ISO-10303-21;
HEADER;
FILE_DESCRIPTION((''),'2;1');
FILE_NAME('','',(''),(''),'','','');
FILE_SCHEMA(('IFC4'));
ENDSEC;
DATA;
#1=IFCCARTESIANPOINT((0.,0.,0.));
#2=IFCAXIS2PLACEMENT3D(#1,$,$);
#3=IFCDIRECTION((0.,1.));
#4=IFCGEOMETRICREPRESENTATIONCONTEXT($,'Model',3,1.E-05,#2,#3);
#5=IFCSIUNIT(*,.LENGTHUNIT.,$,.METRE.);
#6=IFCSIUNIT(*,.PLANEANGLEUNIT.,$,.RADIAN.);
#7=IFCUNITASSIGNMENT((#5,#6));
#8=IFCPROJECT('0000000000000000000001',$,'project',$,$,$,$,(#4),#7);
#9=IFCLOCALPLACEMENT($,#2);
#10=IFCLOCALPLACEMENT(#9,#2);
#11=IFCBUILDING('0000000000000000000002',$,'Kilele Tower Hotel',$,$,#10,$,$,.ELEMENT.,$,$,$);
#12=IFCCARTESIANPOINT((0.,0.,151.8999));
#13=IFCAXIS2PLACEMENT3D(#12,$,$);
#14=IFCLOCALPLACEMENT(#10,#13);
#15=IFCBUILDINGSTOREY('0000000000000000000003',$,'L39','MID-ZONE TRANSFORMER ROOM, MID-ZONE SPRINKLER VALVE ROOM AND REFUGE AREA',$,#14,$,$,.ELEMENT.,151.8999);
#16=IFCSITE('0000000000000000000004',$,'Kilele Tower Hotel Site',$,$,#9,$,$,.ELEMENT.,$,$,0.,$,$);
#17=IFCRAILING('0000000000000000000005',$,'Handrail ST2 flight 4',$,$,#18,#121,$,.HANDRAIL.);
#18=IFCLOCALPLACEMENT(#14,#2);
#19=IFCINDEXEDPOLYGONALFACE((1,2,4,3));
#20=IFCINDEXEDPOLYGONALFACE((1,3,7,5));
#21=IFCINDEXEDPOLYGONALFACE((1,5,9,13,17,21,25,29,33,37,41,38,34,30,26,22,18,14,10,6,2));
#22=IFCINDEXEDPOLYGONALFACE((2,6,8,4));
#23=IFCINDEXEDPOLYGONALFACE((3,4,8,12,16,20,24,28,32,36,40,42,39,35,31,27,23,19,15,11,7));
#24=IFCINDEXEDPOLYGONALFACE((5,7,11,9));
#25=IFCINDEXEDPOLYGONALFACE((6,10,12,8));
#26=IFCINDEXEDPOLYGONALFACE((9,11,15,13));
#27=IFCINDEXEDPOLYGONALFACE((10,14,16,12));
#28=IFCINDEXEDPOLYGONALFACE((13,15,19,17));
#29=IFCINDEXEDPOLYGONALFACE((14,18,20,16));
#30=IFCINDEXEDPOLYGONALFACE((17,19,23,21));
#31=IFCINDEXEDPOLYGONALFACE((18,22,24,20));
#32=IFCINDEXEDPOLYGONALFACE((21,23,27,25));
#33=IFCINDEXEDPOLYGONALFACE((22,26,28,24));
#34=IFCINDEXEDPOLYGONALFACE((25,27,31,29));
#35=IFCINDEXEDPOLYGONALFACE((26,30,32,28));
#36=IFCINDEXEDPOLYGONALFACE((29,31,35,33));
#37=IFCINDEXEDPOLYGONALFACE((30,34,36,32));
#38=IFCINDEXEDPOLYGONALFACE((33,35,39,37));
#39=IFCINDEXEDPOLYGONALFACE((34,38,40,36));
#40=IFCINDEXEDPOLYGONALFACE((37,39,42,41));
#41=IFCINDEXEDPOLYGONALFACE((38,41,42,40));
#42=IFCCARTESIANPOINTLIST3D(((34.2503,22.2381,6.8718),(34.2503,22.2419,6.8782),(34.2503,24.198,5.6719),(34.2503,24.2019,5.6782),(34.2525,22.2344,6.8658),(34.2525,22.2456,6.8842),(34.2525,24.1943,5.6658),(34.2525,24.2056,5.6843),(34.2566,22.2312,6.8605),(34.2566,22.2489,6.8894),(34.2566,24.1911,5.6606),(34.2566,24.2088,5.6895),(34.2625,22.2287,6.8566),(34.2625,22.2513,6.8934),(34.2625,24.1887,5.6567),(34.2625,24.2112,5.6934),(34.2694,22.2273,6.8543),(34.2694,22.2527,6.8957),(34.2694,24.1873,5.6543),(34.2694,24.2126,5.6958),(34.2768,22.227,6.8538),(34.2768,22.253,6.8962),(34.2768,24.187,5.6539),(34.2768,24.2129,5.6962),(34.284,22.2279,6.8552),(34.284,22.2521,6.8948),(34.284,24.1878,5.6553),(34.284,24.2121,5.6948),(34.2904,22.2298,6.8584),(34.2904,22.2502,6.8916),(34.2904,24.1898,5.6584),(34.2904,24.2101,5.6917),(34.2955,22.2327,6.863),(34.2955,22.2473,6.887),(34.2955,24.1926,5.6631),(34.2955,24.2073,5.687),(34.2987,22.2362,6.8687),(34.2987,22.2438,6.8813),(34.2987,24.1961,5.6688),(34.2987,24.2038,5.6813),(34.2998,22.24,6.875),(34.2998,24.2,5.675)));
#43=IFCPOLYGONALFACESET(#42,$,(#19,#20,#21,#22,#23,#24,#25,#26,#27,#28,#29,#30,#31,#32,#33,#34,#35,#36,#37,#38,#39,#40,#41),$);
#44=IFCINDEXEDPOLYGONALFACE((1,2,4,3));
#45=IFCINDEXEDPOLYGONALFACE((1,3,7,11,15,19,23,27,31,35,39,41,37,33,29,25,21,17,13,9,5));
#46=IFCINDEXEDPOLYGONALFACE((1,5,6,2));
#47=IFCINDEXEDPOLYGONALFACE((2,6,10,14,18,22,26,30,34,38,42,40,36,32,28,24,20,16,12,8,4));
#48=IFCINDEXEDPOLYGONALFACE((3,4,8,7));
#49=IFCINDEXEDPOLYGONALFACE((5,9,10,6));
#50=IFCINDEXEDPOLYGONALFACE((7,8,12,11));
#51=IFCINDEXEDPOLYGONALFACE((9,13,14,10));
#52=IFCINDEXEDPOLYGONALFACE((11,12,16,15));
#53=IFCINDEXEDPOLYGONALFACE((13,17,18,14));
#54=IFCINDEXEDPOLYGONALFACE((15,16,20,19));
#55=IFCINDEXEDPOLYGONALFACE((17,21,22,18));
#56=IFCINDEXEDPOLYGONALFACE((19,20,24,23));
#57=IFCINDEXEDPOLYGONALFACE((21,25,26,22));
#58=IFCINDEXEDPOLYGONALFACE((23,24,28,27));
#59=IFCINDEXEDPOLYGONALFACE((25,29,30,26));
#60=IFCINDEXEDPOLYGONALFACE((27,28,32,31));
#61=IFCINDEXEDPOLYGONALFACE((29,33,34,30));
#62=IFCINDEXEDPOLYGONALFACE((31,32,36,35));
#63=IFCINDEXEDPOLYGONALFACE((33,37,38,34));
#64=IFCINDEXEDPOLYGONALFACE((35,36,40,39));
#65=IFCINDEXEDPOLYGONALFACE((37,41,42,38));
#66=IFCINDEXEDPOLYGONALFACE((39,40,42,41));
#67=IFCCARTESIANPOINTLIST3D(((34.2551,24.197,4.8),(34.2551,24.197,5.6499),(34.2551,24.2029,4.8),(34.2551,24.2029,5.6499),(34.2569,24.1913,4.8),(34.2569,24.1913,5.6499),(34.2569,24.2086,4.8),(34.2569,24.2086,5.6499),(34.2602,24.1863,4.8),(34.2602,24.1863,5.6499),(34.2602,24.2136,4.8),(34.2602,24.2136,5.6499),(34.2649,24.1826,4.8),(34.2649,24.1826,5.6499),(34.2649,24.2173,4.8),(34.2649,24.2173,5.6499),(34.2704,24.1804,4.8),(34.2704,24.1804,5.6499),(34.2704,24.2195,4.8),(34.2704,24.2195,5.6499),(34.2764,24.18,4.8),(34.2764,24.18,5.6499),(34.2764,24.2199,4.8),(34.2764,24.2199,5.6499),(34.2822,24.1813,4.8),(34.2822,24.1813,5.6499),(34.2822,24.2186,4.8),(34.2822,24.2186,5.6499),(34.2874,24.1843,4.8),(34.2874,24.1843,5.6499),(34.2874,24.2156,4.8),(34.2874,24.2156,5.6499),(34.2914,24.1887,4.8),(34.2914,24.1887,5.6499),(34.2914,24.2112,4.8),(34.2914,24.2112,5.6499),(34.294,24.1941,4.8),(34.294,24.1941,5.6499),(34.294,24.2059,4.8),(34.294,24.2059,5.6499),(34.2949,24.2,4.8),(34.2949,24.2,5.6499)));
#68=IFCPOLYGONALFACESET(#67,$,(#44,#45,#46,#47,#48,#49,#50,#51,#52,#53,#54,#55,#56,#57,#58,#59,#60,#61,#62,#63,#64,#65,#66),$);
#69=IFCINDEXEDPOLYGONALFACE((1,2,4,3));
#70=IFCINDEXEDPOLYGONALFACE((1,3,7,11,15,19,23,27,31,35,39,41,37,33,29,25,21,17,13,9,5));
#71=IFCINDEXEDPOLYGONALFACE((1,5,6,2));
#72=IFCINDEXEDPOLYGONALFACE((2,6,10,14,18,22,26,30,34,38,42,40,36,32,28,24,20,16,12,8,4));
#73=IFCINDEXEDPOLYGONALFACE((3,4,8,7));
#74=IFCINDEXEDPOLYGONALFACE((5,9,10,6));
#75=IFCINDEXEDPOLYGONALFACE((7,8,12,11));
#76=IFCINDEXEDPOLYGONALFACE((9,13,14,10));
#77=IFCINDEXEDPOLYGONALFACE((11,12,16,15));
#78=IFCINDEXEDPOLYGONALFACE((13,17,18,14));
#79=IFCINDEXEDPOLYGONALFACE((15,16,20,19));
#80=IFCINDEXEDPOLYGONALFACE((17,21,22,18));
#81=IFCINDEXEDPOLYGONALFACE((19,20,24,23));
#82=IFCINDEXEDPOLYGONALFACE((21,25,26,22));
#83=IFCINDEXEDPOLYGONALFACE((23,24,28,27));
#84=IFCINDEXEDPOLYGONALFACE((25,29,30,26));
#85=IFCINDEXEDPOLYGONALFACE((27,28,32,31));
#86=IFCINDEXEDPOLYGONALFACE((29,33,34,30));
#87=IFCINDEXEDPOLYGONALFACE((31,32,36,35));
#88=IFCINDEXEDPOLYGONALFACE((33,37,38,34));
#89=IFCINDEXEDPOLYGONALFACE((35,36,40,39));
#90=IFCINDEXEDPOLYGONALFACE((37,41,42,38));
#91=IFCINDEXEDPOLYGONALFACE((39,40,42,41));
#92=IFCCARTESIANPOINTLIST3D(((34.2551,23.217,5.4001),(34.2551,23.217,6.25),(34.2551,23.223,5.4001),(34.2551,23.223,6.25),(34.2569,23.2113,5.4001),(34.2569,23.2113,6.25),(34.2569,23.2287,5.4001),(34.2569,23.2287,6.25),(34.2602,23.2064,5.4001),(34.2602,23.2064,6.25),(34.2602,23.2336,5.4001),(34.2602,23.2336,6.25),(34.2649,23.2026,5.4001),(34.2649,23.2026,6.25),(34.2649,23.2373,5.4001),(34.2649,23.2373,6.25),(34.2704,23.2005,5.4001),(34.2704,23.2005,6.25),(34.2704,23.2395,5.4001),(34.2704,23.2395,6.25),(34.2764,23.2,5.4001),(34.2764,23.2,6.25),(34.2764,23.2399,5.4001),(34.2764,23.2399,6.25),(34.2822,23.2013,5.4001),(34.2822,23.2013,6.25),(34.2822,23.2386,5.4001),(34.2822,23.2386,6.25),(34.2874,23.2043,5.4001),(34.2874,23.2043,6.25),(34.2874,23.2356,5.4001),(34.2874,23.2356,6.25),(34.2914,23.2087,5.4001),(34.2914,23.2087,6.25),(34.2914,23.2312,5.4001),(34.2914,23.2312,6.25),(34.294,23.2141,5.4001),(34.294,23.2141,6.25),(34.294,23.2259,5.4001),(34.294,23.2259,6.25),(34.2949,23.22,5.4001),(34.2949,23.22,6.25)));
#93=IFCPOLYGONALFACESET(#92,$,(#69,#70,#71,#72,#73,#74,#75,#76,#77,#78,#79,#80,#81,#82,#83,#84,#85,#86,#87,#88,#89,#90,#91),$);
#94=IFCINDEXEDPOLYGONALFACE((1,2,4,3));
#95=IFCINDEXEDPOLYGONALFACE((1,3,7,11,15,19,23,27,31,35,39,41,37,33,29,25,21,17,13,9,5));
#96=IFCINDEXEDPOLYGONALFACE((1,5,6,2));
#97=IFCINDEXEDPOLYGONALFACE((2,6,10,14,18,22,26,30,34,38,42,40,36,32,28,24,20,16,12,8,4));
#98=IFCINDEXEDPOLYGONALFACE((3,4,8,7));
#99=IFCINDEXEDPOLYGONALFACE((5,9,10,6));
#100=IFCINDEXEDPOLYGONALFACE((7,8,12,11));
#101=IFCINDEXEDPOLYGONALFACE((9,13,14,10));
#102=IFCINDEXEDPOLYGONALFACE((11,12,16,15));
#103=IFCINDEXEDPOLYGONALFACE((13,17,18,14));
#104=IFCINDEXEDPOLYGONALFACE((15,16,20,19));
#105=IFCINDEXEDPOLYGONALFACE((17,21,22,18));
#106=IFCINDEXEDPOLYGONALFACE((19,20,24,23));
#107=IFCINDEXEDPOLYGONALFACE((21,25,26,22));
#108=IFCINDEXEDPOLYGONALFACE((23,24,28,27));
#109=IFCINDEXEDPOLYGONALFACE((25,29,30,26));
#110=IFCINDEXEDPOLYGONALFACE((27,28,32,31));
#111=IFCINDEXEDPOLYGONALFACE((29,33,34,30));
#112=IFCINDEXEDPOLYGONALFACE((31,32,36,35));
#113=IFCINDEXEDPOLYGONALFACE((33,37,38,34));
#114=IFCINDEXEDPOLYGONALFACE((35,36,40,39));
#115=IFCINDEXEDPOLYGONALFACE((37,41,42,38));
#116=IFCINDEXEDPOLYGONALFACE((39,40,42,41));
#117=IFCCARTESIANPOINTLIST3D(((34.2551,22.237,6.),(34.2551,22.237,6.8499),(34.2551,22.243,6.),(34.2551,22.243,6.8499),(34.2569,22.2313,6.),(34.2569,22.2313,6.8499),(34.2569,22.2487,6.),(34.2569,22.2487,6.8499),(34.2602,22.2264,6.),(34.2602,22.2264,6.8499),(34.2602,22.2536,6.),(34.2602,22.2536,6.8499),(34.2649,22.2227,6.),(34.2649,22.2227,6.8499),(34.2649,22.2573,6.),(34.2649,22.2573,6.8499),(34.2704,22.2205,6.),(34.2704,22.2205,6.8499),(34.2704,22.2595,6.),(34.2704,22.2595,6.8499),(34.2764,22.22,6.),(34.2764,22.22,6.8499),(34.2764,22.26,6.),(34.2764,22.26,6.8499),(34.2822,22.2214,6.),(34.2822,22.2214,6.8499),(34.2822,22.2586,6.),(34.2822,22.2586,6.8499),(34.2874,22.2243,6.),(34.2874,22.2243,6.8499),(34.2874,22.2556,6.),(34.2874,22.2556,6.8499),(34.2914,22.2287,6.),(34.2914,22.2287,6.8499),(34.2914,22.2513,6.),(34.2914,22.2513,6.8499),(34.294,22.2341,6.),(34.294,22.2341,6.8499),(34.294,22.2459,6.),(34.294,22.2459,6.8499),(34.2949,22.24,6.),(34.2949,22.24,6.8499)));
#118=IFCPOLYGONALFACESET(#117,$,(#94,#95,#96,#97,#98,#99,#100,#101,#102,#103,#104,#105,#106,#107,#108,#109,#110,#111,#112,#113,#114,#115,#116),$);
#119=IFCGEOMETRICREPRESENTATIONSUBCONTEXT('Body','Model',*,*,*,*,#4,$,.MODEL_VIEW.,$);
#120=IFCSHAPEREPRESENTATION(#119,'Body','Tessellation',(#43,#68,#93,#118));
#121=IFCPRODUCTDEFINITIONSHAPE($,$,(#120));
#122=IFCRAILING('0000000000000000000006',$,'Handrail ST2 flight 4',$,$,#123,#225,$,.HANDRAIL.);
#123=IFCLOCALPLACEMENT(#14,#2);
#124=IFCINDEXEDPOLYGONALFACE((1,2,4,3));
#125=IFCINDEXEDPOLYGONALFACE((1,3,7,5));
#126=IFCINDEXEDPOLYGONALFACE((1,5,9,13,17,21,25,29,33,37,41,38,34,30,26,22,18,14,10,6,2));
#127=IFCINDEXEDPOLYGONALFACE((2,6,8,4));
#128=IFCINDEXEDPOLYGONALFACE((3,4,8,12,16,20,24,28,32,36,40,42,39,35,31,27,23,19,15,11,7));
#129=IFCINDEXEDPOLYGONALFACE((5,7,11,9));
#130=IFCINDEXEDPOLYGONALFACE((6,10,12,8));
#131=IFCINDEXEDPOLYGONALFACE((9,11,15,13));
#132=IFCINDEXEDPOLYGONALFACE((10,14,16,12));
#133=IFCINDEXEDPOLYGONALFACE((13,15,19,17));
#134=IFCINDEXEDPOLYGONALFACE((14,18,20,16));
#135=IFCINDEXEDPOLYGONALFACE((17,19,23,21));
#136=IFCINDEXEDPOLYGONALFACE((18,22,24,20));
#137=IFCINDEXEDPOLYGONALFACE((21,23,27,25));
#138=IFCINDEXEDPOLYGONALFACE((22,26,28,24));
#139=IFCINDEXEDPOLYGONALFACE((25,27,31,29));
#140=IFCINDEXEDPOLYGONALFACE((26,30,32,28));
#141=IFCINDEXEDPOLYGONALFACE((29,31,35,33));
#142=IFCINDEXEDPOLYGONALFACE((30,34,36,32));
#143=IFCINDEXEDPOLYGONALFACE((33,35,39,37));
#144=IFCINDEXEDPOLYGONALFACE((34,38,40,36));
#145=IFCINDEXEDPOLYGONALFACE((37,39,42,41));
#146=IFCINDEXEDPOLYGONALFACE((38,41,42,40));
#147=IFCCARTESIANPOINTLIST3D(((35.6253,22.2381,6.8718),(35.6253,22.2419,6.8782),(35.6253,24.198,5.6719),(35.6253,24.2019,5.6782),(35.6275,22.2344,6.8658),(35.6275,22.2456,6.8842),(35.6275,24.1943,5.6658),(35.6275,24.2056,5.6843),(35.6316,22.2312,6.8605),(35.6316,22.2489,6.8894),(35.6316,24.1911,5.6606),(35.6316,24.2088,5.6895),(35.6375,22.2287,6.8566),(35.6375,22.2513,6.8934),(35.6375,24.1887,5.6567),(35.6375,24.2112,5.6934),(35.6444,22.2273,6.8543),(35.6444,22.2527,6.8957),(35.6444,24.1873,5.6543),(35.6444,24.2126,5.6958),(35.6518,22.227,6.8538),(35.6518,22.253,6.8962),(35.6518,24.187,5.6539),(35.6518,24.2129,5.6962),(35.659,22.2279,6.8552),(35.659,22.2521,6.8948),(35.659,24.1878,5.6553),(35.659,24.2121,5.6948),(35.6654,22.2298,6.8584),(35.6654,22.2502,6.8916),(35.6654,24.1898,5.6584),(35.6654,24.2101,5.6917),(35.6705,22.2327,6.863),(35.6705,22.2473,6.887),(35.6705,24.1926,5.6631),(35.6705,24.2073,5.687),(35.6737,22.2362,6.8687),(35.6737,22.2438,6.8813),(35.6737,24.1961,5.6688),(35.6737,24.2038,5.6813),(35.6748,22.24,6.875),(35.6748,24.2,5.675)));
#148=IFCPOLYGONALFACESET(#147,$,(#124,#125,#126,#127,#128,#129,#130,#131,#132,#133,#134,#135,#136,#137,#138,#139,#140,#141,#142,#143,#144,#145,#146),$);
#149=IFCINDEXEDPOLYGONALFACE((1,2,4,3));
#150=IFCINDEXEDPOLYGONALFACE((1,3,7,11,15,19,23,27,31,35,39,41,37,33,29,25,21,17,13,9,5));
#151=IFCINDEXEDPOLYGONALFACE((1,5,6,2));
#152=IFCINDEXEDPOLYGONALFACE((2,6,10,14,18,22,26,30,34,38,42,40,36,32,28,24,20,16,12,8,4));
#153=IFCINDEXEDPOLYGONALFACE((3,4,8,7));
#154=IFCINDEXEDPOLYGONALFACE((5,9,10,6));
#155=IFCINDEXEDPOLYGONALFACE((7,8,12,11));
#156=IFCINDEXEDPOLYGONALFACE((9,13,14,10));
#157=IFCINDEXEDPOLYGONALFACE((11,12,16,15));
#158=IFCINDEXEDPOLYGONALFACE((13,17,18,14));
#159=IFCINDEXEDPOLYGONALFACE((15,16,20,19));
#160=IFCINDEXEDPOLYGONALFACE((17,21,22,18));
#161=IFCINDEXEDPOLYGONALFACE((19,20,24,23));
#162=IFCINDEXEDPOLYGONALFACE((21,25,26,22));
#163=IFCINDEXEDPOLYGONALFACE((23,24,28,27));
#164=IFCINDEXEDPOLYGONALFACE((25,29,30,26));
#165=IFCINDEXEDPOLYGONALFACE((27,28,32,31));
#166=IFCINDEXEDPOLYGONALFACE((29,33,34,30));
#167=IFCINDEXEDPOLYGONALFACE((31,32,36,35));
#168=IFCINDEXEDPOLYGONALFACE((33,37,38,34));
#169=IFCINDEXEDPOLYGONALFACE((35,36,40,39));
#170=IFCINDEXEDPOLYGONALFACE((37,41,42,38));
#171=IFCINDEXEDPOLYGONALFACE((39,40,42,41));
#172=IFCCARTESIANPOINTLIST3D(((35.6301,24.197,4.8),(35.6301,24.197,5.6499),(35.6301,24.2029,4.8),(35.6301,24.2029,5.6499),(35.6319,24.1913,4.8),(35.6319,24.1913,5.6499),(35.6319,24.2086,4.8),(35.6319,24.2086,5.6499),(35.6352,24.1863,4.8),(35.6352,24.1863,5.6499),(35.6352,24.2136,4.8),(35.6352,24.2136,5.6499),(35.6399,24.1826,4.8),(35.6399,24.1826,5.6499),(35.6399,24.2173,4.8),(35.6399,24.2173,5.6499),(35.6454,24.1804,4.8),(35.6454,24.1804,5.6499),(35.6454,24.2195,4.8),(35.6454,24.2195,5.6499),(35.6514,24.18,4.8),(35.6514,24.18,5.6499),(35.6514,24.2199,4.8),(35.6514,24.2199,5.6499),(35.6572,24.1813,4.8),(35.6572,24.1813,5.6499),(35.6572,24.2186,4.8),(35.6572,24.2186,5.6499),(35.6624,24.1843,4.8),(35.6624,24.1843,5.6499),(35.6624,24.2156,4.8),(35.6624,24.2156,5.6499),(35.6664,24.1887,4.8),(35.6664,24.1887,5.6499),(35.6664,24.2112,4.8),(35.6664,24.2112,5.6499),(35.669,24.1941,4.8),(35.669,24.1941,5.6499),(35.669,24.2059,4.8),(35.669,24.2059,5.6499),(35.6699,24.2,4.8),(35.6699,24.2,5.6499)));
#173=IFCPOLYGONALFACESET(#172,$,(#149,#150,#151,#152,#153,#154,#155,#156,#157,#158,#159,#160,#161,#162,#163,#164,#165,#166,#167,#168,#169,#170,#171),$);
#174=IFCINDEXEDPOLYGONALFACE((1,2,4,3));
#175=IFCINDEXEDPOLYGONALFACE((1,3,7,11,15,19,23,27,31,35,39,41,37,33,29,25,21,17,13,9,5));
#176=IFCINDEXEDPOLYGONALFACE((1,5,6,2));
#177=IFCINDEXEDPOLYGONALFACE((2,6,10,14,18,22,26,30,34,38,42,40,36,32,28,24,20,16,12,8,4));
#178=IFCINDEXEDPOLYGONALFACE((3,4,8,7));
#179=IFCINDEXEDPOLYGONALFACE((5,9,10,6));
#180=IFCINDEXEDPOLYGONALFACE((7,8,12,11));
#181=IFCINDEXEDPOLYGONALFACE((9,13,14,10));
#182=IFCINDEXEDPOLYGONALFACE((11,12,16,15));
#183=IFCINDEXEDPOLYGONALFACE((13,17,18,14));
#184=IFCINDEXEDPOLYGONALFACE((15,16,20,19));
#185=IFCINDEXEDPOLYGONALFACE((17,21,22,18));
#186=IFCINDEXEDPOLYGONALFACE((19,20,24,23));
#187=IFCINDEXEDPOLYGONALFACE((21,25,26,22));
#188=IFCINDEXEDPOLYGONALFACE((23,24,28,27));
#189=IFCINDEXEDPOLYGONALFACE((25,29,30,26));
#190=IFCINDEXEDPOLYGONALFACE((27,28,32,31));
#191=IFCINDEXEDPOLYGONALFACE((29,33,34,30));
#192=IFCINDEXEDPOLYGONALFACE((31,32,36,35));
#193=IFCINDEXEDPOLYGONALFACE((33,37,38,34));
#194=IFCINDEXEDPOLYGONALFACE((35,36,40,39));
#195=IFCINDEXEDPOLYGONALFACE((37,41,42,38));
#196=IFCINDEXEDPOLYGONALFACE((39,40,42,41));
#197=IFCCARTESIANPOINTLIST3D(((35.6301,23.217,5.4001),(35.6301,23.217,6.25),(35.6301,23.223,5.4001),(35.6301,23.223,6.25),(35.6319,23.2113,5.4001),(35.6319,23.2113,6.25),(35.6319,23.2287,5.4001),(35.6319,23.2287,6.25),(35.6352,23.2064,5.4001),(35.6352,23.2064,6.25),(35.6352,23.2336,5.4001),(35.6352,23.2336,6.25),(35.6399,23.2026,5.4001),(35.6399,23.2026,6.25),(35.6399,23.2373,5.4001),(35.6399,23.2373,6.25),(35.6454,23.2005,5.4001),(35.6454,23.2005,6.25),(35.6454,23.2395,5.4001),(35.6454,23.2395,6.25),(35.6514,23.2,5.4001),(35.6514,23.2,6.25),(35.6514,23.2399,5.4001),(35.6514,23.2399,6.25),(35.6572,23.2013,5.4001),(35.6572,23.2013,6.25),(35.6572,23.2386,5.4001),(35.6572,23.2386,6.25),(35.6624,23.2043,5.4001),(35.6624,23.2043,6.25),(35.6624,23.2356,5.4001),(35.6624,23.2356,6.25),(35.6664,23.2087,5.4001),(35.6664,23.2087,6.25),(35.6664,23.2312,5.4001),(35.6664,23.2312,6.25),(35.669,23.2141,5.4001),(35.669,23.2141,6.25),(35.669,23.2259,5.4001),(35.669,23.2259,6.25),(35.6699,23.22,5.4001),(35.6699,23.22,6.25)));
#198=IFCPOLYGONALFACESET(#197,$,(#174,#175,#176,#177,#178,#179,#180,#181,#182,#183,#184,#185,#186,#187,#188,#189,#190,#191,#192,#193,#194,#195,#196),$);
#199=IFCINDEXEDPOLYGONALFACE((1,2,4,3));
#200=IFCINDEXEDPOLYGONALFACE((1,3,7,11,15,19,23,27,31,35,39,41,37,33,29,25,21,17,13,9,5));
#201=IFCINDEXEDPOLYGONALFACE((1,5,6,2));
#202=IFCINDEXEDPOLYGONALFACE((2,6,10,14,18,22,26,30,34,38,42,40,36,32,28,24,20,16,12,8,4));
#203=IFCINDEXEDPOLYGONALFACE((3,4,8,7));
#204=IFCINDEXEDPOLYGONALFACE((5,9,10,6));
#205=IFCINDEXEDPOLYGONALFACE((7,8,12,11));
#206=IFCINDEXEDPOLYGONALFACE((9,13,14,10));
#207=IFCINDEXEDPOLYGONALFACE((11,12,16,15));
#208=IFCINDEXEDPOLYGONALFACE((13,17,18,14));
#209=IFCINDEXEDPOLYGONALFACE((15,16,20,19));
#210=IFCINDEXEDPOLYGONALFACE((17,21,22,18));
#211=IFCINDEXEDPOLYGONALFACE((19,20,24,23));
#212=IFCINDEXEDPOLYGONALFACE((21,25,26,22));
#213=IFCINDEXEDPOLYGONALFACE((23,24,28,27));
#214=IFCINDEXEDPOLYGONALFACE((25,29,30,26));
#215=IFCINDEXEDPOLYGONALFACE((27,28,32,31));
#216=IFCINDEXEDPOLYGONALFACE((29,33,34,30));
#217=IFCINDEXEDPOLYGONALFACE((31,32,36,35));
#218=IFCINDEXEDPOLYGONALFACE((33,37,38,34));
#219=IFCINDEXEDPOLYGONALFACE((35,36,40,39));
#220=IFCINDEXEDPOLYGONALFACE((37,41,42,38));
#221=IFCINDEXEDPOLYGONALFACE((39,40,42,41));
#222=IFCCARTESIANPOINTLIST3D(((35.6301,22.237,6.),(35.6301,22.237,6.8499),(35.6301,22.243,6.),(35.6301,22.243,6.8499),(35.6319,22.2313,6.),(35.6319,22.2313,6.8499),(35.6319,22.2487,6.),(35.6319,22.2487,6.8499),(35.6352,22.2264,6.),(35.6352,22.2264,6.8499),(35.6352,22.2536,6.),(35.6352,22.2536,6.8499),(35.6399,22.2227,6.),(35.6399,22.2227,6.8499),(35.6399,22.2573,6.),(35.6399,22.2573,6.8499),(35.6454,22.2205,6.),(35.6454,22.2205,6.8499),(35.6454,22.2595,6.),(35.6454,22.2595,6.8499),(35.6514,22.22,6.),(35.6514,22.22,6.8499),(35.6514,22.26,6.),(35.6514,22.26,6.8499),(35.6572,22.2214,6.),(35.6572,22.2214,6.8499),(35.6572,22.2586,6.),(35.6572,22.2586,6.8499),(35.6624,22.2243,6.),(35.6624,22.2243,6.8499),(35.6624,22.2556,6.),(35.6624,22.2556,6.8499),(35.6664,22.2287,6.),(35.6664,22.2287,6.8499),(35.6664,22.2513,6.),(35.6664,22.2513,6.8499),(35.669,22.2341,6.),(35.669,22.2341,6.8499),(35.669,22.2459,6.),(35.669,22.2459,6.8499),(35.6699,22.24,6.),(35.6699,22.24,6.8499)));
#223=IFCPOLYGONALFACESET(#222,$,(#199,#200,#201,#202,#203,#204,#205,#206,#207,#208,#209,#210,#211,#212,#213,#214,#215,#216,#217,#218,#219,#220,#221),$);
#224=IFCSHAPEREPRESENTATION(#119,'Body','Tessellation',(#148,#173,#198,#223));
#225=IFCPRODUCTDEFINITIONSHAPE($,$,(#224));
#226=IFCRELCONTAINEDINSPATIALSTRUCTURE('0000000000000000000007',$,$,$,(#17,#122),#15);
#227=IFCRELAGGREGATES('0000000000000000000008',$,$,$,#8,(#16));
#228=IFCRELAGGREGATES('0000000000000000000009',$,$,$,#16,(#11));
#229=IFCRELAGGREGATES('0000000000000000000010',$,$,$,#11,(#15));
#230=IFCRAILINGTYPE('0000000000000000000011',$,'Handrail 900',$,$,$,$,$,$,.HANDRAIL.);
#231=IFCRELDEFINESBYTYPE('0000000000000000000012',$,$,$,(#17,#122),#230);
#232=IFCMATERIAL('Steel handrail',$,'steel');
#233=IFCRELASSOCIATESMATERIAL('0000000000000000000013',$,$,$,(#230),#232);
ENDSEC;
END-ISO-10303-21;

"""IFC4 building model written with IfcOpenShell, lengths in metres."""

from ifc_helpers import new_model, si_unit, direction, frame, origin, origin_2d, place, context, subcontext, project, spatial, circle, extrude, material, type_object, element, save


model = new_model("IFC4")

# Units and contexts
model_context = context("Model", 3, precision=1e-05, world=origin(), true_north=direction((0.0, 1.0)))
body_context = subcontext(model_context, "Body", "Model", "MODEL_VIEW")
ifc_project = project(units=[si_unit("LENGTHUNIT", "METRE"), si_unit("PLANEANGLEUNIT", "RADIAN")], contexts=[model_context])

# Site, building, storey
site_placement = place(None, origin())
site = spatial("IfcSite", under=ifc_project, at=site_placement, Name="Kilele Tower Hotel Site", CompositionType="ELEMENT", RefElevation=0.0)
building_placement = place(site_placement, origin())
building = spatial("IfcBuilding", under=site, at=building_placement, Name="Kilele Tower Hotel", CompositionType="ELEMENT")
storey_placement = place(building_placement, frame((0.0, 0.0, 151.8999)))
storey = spatial("IfcBuildingStorey", under=building, at=storey_placement, Name="L39", Description="MID-ZONE TRANSFORMER ROOM, MID-ZONE SPRINKLER VALVE ROOM AND REFUGE AREA", CompositionType="ELEMENT", Elevation=151.8999)

# Railings
ifc_material_1 = material(Name="Steel handrail", Category="steel")
railing_type_1 = type_object("IfcRailingType", Name="Handrail 900", PredefinedType="HANDRAIL", material=ifc_material_1)
for number, where, name in (
    (1, (34.2749, 24.2, 4.8), "Handrail ST2 flight 4"),
    (2, (35.6499, 24.2, 4.8), "Handrail ST2 flight 4"),
):
    element("IfcRailing", number, at=place(storey_placement, frame(where)), inside=storey, type_object=railing_type_1, Name=name, PredefinedType="HANDRAIL", context=body_context, shape_type="SweptSolid", body=[
        extrude(circle(Radius=0.0249, at=origin_2d()), frame((0.0, 0.0, 0.875), z_axis=(0.0, -0.852856, 0.522146), x_axis=(1.0, 0.0, 0.0)), (0.0, 0.0, 1.0), 2.2981),
        extrude(circle(Radius=0.02, at=origin_2d()), origin(), (0.0, 0.0, 1.0), 0.8499),
        extrude(circle(Radius=0.02, at=origin_2d()), frame((0.0, -0.98, 0.6001)), (0.0, 0.0, 1.0), 0.8499),
        extrude(circle(Radius=0.02, at=origin_2d()), frame((0.0, -1.96, 1.2)), (0.0, 0.0, 1.0), 0.8499),
    ])

save(model, "model.ifc")
